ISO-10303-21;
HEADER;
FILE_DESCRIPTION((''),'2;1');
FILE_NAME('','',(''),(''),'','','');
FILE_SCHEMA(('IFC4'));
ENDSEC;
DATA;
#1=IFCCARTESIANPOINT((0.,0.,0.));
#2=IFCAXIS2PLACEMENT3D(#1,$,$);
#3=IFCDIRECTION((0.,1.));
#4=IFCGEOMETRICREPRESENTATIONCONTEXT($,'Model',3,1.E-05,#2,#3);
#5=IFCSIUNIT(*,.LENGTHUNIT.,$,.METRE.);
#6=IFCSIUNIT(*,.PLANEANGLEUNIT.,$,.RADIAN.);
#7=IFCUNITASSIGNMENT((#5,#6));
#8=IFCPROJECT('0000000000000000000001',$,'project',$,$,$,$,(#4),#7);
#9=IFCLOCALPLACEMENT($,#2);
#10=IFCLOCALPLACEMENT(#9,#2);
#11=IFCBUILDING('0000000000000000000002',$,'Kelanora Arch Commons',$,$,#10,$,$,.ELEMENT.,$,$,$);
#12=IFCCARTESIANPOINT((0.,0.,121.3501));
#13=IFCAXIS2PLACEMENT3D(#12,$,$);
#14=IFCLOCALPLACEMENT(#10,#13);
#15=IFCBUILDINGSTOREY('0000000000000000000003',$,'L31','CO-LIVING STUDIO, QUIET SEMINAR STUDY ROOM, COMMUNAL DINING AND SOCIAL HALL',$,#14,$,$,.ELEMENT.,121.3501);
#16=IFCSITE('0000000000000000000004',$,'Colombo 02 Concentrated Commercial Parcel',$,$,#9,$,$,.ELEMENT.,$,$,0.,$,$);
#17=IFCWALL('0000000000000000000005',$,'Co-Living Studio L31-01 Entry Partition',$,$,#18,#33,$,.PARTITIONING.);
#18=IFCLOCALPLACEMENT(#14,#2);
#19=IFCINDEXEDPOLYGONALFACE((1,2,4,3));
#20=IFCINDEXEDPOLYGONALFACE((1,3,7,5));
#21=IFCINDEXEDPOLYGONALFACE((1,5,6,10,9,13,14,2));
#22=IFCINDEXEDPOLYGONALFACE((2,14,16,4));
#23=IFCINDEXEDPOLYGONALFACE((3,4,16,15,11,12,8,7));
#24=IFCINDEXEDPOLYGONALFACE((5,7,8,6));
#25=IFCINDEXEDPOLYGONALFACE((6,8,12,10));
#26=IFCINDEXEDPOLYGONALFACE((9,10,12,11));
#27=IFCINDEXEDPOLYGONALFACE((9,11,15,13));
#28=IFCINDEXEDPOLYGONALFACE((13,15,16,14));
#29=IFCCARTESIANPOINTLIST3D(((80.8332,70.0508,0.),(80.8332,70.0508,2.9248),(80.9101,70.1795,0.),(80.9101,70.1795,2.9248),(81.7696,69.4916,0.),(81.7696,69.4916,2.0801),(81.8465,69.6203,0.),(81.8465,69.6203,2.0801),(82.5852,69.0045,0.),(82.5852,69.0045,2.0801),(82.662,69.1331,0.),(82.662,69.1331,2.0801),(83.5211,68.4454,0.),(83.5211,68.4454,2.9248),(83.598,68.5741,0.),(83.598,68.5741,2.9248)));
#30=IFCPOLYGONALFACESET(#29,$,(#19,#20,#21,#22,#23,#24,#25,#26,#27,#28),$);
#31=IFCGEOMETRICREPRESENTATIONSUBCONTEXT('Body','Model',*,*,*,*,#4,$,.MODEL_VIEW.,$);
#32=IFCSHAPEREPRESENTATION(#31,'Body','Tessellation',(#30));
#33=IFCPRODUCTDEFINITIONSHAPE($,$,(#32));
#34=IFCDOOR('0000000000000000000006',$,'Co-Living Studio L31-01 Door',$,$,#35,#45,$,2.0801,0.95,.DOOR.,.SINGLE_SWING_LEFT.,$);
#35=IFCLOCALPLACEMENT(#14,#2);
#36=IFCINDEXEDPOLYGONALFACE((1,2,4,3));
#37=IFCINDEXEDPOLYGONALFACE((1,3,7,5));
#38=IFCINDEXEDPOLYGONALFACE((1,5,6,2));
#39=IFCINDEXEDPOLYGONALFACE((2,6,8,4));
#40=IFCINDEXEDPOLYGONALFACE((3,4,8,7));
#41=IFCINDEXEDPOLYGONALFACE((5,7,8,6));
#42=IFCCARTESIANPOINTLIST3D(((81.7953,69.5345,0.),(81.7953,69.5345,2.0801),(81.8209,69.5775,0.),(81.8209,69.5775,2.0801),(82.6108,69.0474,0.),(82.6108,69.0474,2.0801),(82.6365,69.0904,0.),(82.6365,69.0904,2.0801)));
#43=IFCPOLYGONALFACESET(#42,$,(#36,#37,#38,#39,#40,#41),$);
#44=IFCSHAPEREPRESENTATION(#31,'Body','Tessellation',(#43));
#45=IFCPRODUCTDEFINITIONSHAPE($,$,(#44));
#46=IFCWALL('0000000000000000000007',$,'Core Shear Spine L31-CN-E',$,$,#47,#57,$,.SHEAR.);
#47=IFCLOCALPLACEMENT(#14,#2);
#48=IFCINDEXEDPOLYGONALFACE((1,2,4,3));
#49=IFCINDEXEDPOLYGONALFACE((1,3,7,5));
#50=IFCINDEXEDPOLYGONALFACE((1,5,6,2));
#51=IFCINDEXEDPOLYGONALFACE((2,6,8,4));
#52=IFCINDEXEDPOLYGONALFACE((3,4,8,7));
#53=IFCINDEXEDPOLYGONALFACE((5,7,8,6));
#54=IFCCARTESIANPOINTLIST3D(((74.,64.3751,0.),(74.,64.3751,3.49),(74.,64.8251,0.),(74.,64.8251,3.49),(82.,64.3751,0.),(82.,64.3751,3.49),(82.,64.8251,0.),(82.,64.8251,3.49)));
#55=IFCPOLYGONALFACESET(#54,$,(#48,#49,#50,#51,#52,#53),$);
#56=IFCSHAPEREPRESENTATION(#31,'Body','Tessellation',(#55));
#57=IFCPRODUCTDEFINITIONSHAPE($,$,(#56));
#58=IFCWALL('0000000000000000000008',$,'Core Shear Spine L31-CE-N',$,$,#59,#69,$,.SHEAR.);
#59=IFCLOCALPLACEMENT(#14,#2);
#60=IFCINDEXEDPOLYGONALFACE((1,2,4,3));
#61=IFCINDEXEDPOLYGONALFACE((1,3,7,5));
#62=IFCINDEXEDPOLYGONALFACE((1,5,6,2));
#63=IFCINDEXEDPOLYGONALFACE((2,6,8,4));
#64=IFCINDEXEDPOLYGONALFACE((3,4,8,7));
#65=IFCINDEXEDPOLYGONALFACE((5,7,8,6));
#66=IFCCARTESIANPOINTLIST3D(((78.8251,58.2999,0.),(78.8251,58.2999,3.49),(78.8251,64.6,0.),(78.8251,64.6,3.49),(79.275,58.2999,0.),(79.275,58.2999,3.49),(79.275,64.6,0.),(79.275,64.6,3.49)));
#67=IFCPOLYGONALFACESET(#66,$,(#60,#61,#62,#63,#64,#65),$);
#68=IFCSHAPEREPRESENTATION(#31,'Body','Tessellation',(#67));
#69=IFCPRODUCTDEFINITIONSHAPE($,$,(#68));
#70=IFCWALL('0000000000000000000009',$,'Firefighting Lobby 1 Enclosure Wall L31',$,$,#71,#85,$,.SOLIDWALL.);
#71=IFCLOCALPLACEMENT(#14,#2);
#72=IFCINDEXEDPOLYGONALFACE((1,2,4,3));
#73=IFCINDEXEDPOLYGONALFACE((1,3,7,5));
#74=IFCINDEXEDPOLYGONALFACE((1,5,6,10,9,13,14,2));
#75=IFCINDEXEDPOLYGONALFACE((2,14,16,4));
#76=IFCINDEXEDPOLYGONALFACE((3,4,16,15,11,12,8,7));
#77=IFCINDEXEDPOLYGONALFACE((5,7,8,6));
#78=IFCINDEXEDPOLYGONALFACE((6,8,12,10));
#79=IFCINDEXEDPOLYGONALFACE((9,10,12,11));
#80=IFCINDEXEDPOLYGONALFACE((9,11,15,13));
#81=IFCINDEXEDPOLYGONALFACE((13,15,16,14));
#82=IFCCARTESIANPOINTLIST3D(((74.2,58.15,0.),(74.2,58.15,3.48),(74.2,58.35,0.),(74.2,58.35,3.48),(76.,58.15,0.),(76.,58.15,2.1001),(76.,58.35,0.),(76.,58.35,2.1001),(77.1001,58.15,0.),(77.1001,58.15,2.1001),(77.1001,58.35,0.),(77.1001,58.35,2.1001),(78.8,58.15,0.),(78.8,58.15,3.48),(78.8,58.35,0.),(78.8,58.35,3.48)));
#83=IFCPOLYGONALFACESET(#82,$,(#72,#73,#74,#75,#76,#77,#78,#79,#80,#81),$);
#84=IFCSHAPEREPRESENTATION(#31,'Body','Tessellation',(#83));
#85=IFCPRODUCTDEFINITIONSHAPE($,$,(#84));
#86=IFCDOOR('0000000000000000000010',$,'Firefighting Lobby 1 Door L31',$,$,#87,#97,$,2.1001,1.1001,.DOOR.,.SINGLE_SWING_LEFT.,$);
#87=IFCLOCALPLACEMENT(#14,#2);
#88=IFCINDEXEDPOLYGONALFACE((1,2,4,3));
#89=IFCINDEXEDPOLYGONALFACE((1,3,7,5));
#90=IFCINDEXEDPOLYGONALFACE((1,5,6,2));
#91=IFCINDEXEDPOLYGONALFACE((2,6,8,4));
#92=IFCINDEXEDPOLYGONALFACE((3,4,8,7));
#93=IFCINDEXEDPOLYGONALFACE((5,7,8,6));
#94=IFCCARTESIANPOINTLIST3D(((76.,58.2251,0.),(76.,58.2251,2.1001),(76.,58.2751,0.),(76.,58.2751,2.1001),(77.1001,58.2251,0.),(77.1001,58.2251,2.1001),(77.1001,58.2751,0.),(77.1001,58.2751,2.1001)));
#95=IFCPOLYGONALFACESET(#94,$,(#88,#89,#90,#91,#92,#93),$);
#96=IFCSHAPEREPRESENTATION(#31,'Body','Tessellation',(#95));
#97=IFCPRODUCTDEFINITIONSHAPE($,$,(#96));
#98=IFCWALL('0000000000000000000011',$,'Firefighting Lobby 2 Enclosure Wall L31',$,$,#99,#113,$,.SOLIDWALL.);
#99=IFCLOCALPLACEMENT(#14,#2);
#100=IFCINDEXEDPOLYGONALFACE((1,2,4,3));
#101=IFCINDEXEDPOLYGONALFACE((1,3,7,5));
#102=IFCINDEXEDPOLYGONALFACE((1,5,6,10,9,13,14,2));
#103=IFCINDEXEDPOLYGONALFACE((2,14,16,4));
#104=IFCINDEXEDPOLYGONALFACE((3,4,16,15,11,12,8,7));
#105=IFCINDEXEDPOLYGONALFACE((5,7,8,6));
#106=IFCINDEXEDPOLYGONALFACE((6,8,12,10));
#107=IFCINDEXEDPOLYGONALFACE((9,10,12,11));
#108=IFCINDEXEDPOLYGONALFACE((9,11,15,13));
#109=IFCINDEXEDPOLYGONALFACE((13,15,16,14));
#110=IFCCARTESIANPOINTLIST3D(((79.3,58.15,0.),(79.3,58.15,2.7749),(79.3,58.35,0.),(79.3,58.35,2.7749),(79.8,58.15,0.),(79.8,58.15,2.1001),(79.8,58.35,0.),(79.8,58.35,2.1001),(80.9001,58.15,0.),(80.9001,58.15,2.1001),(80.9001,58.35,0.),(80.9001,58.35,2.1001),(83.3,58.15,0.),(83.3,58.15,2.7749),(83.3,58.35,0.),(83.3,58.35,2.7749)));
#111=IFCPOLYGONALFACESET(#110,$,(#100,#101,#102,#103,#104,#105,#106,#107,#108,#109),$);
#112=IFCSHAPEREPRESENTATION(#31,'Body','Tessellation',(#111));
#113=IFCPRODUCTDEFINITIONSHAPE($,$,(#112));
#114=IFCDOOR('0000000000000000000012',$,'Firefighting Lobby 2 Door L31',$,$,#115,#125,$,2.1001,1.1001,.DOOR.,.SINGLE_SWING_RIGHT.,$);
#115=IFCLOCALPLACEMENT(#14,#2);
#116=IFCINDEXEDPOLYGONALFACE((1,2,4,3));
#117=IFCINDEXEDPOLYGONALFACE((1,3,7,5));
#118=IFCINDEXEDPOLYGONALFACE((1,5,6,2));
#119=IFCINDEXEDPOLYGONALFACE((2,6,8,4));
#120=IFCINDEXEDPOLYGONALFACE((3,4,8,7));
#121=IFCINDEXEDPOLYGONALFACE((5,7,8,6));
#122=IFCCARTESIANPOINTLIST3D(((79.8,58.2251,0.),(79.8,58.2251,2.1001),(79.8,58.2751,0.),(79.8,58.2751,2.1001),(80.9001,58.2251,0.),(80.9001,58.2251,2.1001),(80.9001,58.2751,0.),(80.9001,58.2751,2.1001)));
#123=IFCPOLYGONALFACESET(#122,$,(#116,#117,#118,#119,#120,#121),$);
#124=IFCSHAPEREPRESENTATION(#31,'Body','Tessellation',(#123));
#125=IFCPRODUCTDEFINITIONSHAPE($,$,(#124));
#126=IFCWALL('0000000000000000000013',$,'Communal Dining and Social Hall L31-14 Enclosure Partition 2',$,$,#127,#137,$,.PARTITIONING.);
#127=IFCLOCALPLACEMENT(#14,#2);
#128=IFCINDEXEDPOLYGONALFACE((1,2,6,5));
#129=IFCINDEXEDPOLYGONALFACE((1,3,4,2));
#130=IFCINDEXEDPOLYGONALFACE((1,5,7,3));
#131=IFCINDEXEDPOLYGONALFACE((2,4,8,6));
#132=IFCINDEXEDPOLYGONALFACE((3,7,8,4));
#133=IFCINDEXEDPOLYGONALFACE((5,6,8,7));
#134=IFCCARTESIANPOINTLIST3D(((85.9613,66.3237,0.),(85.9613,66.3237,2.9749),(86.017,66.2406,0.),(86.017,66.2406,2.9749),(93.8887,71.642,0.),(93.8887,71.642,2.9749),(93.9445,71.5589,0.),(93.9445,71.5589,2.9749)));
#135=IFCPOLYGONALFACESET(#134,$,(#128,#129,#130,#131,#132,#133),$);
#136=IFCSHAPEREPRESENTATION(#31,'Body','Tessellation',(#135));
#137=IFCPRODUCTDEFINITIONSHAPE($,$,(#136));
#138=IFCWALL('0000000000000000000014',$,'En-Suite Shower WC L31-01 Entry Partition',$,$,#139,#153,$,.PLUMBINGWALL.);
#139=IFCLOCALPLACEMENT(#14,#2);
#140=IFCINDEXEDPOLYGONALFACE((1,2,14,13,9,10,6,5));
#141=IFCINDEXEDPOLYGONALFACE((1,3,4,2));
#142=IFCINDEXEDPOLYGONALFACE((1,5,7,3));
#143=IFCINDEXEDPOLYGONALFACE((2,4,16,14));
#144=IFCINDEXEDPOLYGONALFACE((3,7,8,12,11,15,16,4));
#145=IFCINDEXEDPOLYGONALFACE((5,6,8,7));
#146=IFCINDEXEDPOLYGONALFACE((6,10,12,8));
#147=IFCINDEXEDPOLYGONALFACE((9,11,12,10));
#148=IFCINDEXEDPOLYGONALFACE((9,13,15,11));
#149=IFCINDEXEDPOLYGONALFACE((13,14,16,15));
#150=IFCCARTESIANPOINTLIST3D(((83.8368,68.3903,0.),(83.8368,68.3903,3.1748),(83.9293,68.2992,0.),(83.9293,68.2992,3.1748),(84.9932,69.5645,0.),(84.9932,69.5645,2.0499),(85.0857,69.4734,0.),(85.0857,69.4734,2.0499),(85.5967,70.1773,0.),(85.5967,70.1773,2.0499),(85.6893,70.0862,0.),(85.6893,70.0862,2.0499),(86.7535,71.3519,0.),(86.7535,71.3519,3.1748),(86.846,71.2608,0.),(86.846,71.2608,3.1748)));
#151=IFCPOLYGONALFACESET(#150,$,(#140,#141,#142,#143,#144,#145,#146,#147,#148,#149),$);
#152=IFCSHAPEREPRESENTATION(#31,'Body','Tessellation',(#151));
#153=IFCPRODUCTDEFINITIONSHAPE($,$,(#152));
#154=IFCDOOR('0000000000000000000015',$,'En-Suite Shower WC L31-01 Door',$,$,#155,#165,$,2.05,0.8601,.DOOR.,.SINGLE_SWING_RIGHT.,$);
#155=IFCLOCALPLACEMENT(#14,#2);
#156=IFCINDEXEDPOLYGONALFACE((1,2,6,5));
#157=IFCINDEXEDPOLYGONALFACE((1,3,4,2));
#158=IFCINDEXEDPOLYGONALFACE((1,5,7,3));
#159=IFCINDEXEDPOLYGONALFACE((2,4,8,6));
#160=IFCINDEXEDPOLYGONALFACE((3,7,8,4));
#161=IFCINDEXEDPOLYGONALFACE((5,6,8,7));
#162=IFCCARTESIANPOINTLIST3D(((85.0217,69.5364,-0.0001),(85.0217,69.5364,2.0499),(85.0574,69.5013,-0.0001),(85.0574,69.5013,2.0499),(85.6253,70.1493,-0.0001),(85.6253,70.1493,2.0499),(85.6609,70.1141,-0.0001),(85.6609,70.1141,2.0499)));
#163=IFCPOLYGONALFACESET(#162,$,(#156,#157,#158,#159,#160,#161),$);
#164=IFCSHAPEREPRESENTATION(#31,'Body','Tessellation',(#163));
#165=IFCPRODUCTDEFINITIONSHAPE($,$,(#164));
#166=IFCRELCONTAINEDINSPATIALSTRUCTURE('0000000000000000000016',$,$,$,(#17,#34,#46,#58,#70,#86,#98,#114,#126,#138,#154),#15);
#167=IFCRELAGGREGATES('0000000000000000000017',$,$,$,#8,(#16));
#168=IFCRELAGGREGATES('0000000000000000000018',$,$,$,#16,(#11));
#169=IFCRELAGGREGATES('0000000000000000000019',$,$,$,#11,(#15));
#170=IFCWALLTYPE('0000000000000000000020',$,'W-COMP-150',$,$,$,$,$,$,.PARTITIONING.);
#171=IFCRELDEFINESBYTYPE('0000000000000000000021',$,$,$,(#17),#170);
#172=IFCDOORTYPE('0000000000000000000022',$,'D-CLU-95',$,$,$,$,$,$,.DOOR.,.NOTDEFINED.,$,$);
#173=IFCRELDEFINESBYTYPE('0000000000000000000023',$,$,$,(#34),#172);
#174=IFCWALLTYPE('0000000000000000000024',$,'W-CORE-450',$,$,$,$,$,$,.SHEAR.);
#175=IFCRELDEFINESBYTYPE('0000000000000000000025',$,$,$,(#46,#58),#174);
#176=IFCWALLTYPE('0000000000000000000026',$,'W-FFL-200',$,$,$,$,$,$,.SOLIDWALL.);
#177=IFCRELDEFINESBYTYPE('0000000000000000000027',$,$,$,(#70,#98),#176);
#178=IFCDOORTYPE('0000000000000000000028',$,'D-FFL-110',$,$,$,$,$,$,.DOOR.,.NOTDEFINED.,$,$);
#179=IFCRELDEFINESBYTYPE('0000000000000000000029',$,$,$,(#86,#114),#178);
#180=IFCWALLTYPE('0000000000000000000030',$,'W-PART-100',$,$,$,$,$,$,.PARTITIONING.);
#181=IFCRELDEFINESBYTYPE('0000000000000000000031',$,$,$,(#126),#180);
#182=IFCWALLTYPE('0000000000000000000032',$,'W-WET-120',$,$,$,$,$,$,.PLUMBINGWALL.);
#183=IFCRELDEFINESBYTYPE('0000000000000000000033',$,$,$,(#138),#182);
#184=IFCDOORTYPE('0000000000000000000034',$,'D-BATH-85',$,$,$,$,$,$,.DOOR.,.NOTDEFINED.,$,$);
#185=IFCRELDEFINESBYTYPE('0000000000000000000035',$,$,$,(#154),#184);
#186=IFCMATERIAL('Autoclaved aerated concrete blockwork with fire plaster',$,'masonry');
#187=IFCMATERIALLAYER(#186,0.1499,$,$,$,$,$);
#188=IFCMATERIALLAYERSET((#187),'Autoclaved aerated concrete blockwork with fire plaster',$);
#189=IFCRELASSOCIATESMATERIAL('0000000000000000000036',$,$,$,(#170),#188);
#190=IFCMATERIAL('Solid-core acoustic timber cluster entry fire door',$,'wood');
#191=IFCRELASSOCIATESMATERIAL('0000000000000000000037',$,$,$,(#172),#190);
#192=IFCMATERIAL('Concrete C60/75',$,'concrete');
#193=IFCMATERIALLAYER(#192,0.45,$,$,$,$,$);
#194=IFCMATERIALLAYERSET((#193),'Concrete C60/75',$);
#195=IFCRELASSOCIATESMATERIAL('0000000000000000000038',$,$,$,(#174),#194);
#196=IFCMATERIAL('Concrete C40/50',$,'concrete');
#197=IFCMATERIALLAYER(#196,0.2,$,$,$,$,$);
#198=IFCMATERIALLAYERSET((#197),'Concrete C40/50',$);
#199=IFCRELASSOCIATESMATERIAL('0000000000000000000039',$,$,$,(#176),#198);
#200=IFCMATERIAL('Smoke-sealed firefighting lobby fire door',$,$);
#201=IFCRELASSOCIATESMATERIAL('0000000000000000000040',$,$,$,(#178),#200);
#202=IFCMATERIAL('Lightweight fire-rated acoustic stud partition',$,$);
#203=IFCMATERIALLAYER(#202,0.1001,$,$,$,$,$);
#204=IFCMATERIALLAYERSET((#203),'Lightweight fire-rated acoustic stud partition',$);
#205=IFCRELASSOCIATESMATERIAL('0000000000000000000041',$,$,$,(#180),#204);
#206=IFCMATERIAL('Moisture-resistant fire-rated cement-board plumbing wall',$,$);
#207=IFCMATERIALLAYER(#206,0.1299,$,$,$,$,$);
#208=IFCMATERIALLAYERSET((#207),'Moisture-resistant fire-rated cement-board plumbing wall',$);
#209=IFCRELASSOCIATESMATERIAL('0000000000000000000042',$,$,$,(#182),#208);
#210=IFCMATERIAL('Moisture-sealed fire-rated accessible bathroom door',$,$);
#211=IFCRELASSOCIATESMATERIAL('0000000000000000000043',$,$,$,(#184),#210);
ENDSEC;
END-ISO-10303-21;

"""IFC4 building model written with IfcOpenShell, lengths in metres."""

from ifc_helpers import new_model, si_unit, direction, frame, frame_2d, origin, place, context, subcontext, project, spatial, rectangle, extrude, material, layer, layer_set, type_object, element, fill, save


model = new_model("IFC4")

# Units and contexts
model_context = context("Model", 3, precision=1e-05, world=origin(), true_north=direction((0.0, 1.0)))
body_context = subcontext(model_context, "Body", "Model", "MODEL_VIEW")
ifc_project = project(units=[si_unit("LENGTHUNIT", "METRE"), si_unit("PLANEANGLEUNIT", "RADIAN")], contexts=[model_context])

# Site, building, storey
site_placement = place(None, origin())
site = spatial("IfcSite", under=ifc_project, at=site_placement, Name="Colombo 02 Concentrated Commercial Parcel", CompositionType="ELEMENT", RefElevation=0.0)
building_placement = place(site_placement, origin())
building = spatial("IfcBuilding", under=site, at=building_placement, Name="Kelanora Arch Commons", CompositionType="ELEMENT")
storey_placement = place(building_placement, frame((0.0, 0.0, 121.3501)))
storey = spatial("IfcBuildingStorey", under=building, at=storey_placement, Name="L31", Description="CO-LIVING STUDIO, QUIET SEMINAR STUDY ROOM, COMMUNAL DINING AND SOCIAL HALL", CompositionType="ELEMENT", Elevation=121.3501)

# Shared definitions
ifc_material_1 = material(Name="Concrete C60/75", Category="concrete")

# Shared definitions
ifc_material_2 = material(Name="Autoclaved aerated concrete blockwork with fire plaster", Category="masonry")
ifc_layer_1 = layer(ifc_material_2, 0.1499)
ifc_layer_set_1 = layer_set([ifc_layer_1], Name="Autoclaved aerated concrete blockwork with fire plaster")
wall_type_1 = type_object("IfcWallType", Name="W-COMP-150", PredefinedType="PARTITIONING", material=ifc_layer_set_1)

# Wall, opening, door
wall_1_placement = place(storey_placement, frame((83.5596, 68.5098, 0.0), z_axis=(0.0, 0.0, 1.0), x_axis=(-0.858523, 0.512775, 0.0)))
wall_1 = element("IfcWall", 1, at=wall_1_placement, inside=storey, type_object=wall_type_1, Name="Co-Living Studio L31-01 Entry Partition", PredefinedType="PARTITIONING", context=body_context, shape_type="SweptSolid", body=[
    extrude(rectangle(XDim=3.1309, YDim=0.1499, at=frame_2d((1.5654, 0.0))), origin(), (0.0, 0.0, 1.0), 2.9248),
])
opening_1_placement = place(wall_1_placement, frame((1.0901, 0.0, 0.0)))
opening_1 = element("IfcOpeningElement", 2, at=opening_1_placement, cuts=wall_1, PredefinedType="OPENING", context=body_context, shape_type="SweptSolid", body=[
    extrude(rectangle(XDim=0.95, YDim=2.0801, at=frame_2d((0.4751, 1.04))), frame((0.0, 0.085, 0.0), z_axis=(0.0, -1.0, 0.0), x_axis=(1.0, 0.0, 0.0)), (0.0, 0.0, 1.0), 0.1699),
])
ifc_material_3 = material(Name="Solid-core acoustic timber cluster entry fire door", Category="wood")
door_type_1 = type_object("IfcDoorType", Name="D-CLU-95", OperationType="NOTDEFINED", PredefinedType="DOOR", material=ifc_material_3)
door_1_placement = place(opening_1_placement, origin())
door_1 = element("IfcDoor", 3, at=door_1_placement, inside=storey, type_object=door_type_1, Name="Co-Living Studio L31-01 Door", OperationType="SINGLE_SWING_LEFT", OverallHeight=2.0801, OverallWidth=0.95, PredefinedType="DOOR", context=body_context, shape_type="SweptSolid", body=[
    extrude(rectangle(XDim=0.95, YDim=2.0801, at=frame_2d((0.4751, 1.04))), frame((0.0, 0.0249, 0.0), z_axis=(0.0, -1.0, 0.0), x_axis=(1.0, 0.0, 0.0)), (0.0, 0.0, 1.0), 0.05),
])
fill(opening_1, door_1)

# Walls
ifc_layer_2 = layer(ifc_material_1, 0.45)
ifc_layer_set_2 = layer_set([ifc_layer_2], Name="Concrete C60/75")
wall_type_2 = type_object("IfcWallType", Name="W-CORE-450", PredefinedType="SHEAR", material=ifc_layer_set_2)
wall_2_placement = place(storey_placement, frame((74.0, 64.6001, 0.0), z_axis=(0.0, 0.0, 1.0), x_axis=(1.0, 0.0, 0.0)))
element("IfcWall", 4, at=wall_2_placement, inside=storey, type_object=wall_type_2, Name="Core Shear Spine L31-CN-E", PredefinedType="SHEAR", context=body_context, shape_type="SweptSolid", body=[
    extrude(rectangle(XDim=8.0, YDim=0.45, at=frame_2d((4.0, 0.0))), origin(), (0.0, 0.0, 1.0), 3.49),
])
wall_3_placement = place(storey_placement, frame((79.05, 58.3, 0.0), z_axis=(0.0, 0.0, 1.0), x_axis=(0.0, 1.0, 0.0)))
element("IfcWall", 5, at=wall_3_placement, inside=storey, type_object=wall_type_2, Name="Core Shear Spine L31-CE-N", PredefinedType="SHEAR", context=body_context, shape_type="SweptSolid", body=[
    extrude(rectangle(XDim=6.3, YDim=0.45, at=frame_2d((3.1499, 0.0))), origin(), (0.0, 0.0, 1.0), 3.49),
])

# Walls, openings, doors
ifc_material_4 = material(Name="Concrete C40/50", Category="concrete")
ifc_layer_3 = layer(ifc_material_4, 0.2)
ifc_layer_set_3 = layer_set([ifc_layer_3], Name="Concrete C40/50")
wall_type_3 = type_object("IfcWallType", Name="W-FFL-200", PredefinedType="SOLIDWALL", material=ifc_layer_set_3)
wall_4_placement = place(storey_placement, frame((74.2, 58.25, 0.0), z_axis=(0.0, 0.0, 1.0), x_axis=(1.0, 0.0, 0.0)))
wall_4 = element("IfcWall", 6, at=wall_4_placement, inside=storey, type_object=wall_type_3, Name="Firefighting Lobby 1 Enclosure Wall L31", PredefinedType="SOLIDWALL", context=body_context, shape_type="SweptSolid", body=[
    extrude(rectangle(XDim=4.6001, YDim=0.2, at=frame_2d((2.3, 0.0))), origin(), (0.0, 0.0, 1.0), 3.48),
])
opening_2_placement = place(wall_4_placement, frame((1.8, 0.0, 0.0)))
opening_2 = element("IfcOpeningElement", 7, at=opening_2_placement, cuts=wall_4, PredefinedType="OPENING", context=body_context, shape_type="SweptSolid", body=[
    extrude(rectangle(XDim=1.1001, YDim=2.1001, at=frame_2d((0.55, 1.05))), frame((0.0, 0.1099, 0.0), z_axis=(0.0, -1.0, 0.0), x_axis=(1.0, 0.0, 0.0)), (0.0, 0.0, 1.0), 0.22),
])
ifc_material_5 = material(Name="Smoke-sealed firefighting lobby fire door")
door_type_2 = type_object("IfcDoorType", Name="D-FFL-110", OperationType="NOTDEFINED", PredefinedType="DOOR", material=ifc_material_5)
door_2_placement = place(opening_2_placement, frame((1.1001, 0.0, 0.0), z_axis=(0.0, 0.0, 1.0), x_axis=(-1.0, 0.0, 0.0)))
door_2 = element("IfcDoor", 8, at=door_2_placement, inside=storey, type_object=door_type_2, Name="Firefighting Lobby 1 Door L31", OperationType="SINGLE_SWING_LEFT", OverallHeight=2.1001, OverallWidth=1.1001, PredefinedType="DOOR", context=body_context, shape_type="SweptSolid", body=[
    extrude(rectangle(XDim=1.1001, YDim=2.1001, at=frame_2d((0.55, 1.05))), frame((0.0, 0.0249, 0.0), z_axis=(0.0, -1.0, 0.0), x_axis=(1.0, 0.0, 0.0)), (0.0, 0.0, 1.0), 0.05),
])
fill(opening_2, door_2)
wall_5_placement = place(storey_placement, frame((79.3, 58.25, 0.0), z_axis=(0.0, 0.0, 1.0), x_axis=(1.0, 0.0, 0.0)))
wall_5 = element("IfcWall", 9, at=wall_5_placement, inside=storey, type_object=wall_type_3, Name="Firefighting Lobby 2 Enclosure Wall L31", PredefinedType="SOLIDWALL", context=body_context, shape_type="SweptSolid", body=[
    extrude(rectangle(XDim=4.0, YDim=0.2, at=frame_2d((2.0, 0.0))), origin(), (0.0, 0.0, 1.0), 2.7749),
])
opening_3_placement = place(wall_5_placement, frame((0.5, 0.0, 0.0)))
opening_3 = element("IfcOpeningElement", 10, at=opening_3_placement, cuts=wall_5, PredefinedType="OPENING", context=body_context, shape_type="SweptSolid", body=[
    extrude(rectangle(XDim=1.1001, YDim=2.1001, at=frame_2d((0.55, 1.05))), frame((0.0, 0.1099, 0.0), z_axis=(0.0, -1.0, 0.0), x_axis=(1.0, 0.0, 0.0)), (0.0, 0.0, 1.0), 0.22),
])
door_3_placement = place(opening_3_placement, frame((1.1001, 0.0, 0.0), z_axis=(0.0, 0.0, 1.0), x_axis=(-1.0, 0.0, 0.0)))
door_3 = element("IfcDoor", 11, at=door_3_placement, inside=storey, type_object=door_type_2, Name="Firefighting Lobby 2 Door L31", OperationType="SINGLE_SWING_RIGHT", OverallHeight=2.1001, OverallWidth=1.1001, PredefinedType="DOOR", context=body_context, shape_type="SweptSolid", body=[
    extrude(rectangle(XDim=1.1001, YDim=2.1001, at=frame_2d((0.55, 1.05))), frame((0.0, 0.0249, 0.0), z_axis=(0.0, -1.0, 0.0), x_axis=(1.0, 0.0, 0.0)), (0.0, 0.0, 1.0), 0.05),
])
fill(opening_3, door_3)

# Wall
ifc_material_6 = material(Name="Lightweight fire-rated acoustic stud partition")
ifc_layer_4 = layer(ifc_material_6, 0.1001)
ifc_layer_set_4 = layer_set([ifc_layer_4], Name="Lightweight fire-rated acoustic stud partition")
wall_type_4 = type_object("IfcWallType", Name="W-PART-100", PredefinedType="PARTITIONING", material=ifc_layer_set_4)
wall_6_placement = place(storey_placement, frame((85.9893, 66.2822, 0.0), z_axis=(0.0, 0.0, 1.0), x_axis=(0.830434, 0.557118, 0.0)))
element("IfcWall", 12, at=wall_6_placement, inside=storey, type_object=wall_type_4, Name="Communal Dining and Social Hall L31-14 Enclosure Partition 2", PredefinedType="PARTITIONING", context=body_context, shape_type="SweptSolid", body=[
    extrude(rectangle(XDim=9.5461, YDim=0.1001, at=frame_2d((4.7729, 0.0))), origin(), (0.0, 0.0, 1.0), 2.9749),
])

# Wall, opening, door
ifc_material_7 = material(Name="Moisture-resistant fire-rated cement-board plumbing wall")
ifc_layer_5 = layer(ifc_material_7, 0.1299)
ifc_layer_set_5 = layer_set([ifc_layer_5], Name="Moisture-resistant fire-rated cement-board plumbing wall")
wall_type_5 = type_object("IfcWallType", Name="W-WET-120", PredefinedType="PLUMBINGWALL", material=ifc_layer_set_5)
wall_7_placement = place(storey_placement, frame((83.8831, 68.3447, 0.0), z_axis=(0.0, 0.0, 1.0), x_axis=(0.701683, 0.71249, 0.0)))
wall_7 = element("IfcWall", 13, at=wall_7_placement, inside=storey, type_object=wall_type_5, Name="En-Suite Shower WC L31-01 Entry Partition", PredefinedType="PLUMBINGWALL", context=body_context, shape_type="SweptSolid", body=[
    extrude(rectangle(XDim=4.1567, YDim=0.1299, at=frame_2d((2.0784, 0.0))), origin(), (0.0, 0.0, 1.0), 3.1748),
])
opening_4_placement = place(wall_7_placement, frame((1.6479, 0.0, 0.0)))
opening_4 = element("IfcOpeningElement", 14, at=opening_4_placement, cuts=wall_7, PredefinedType="OPENING", context=body_context, shape_type="SweptSolid", body=[
    extrude(rectangle(XDim=0.8601, YDim=2.05, at=frame_2d((0.4302, 1.0249))), frame((0.0, 0.075, 0.0), z_axis=(0.0, -1.0, 0.0), x_axis=(1.0, 0.0, 0.0)), (0.0, 0.0, 1.0), 0.1499),
])
ifc_material_8 = material(Name="Moisture-sealed fire-rated accessible bathroom door")
door_type_3 = type_object("IfcDoorType", Name="D-BATH-85", OperationType="NOTDEFINED", PredefinedType="DOOR", material=ifc_material_8)
door_4_placement = place(opening_4_placement, origin())
door_4 = element("IfcDoor", 15, at=door_4_placement, inside=storey, type_object=door_type_3, Name="En-Suite Shower WC L31-01 Door", OperationType="SINGLE_SWING_RIGHT", OverallHeight=2.05, OverallWidth=0.8601, PredefinedType="DOOR", context=body_context, shape_type="SweptSolid", body=[
    extrude(rectangle(XDim=0.8601, YDim=2.05, at=frame_2d((0.4302, 1.0249))), frame((0.0, 0.0249, 0.0), z_axis=(0.0, -1.0, 0.0), x_axis=(1.0, 0.0, 0.0)), (0.0, 0.0, 1.0), 0.05),
])
fill(opening_4, door_4)

save(model, "model.ifc")
